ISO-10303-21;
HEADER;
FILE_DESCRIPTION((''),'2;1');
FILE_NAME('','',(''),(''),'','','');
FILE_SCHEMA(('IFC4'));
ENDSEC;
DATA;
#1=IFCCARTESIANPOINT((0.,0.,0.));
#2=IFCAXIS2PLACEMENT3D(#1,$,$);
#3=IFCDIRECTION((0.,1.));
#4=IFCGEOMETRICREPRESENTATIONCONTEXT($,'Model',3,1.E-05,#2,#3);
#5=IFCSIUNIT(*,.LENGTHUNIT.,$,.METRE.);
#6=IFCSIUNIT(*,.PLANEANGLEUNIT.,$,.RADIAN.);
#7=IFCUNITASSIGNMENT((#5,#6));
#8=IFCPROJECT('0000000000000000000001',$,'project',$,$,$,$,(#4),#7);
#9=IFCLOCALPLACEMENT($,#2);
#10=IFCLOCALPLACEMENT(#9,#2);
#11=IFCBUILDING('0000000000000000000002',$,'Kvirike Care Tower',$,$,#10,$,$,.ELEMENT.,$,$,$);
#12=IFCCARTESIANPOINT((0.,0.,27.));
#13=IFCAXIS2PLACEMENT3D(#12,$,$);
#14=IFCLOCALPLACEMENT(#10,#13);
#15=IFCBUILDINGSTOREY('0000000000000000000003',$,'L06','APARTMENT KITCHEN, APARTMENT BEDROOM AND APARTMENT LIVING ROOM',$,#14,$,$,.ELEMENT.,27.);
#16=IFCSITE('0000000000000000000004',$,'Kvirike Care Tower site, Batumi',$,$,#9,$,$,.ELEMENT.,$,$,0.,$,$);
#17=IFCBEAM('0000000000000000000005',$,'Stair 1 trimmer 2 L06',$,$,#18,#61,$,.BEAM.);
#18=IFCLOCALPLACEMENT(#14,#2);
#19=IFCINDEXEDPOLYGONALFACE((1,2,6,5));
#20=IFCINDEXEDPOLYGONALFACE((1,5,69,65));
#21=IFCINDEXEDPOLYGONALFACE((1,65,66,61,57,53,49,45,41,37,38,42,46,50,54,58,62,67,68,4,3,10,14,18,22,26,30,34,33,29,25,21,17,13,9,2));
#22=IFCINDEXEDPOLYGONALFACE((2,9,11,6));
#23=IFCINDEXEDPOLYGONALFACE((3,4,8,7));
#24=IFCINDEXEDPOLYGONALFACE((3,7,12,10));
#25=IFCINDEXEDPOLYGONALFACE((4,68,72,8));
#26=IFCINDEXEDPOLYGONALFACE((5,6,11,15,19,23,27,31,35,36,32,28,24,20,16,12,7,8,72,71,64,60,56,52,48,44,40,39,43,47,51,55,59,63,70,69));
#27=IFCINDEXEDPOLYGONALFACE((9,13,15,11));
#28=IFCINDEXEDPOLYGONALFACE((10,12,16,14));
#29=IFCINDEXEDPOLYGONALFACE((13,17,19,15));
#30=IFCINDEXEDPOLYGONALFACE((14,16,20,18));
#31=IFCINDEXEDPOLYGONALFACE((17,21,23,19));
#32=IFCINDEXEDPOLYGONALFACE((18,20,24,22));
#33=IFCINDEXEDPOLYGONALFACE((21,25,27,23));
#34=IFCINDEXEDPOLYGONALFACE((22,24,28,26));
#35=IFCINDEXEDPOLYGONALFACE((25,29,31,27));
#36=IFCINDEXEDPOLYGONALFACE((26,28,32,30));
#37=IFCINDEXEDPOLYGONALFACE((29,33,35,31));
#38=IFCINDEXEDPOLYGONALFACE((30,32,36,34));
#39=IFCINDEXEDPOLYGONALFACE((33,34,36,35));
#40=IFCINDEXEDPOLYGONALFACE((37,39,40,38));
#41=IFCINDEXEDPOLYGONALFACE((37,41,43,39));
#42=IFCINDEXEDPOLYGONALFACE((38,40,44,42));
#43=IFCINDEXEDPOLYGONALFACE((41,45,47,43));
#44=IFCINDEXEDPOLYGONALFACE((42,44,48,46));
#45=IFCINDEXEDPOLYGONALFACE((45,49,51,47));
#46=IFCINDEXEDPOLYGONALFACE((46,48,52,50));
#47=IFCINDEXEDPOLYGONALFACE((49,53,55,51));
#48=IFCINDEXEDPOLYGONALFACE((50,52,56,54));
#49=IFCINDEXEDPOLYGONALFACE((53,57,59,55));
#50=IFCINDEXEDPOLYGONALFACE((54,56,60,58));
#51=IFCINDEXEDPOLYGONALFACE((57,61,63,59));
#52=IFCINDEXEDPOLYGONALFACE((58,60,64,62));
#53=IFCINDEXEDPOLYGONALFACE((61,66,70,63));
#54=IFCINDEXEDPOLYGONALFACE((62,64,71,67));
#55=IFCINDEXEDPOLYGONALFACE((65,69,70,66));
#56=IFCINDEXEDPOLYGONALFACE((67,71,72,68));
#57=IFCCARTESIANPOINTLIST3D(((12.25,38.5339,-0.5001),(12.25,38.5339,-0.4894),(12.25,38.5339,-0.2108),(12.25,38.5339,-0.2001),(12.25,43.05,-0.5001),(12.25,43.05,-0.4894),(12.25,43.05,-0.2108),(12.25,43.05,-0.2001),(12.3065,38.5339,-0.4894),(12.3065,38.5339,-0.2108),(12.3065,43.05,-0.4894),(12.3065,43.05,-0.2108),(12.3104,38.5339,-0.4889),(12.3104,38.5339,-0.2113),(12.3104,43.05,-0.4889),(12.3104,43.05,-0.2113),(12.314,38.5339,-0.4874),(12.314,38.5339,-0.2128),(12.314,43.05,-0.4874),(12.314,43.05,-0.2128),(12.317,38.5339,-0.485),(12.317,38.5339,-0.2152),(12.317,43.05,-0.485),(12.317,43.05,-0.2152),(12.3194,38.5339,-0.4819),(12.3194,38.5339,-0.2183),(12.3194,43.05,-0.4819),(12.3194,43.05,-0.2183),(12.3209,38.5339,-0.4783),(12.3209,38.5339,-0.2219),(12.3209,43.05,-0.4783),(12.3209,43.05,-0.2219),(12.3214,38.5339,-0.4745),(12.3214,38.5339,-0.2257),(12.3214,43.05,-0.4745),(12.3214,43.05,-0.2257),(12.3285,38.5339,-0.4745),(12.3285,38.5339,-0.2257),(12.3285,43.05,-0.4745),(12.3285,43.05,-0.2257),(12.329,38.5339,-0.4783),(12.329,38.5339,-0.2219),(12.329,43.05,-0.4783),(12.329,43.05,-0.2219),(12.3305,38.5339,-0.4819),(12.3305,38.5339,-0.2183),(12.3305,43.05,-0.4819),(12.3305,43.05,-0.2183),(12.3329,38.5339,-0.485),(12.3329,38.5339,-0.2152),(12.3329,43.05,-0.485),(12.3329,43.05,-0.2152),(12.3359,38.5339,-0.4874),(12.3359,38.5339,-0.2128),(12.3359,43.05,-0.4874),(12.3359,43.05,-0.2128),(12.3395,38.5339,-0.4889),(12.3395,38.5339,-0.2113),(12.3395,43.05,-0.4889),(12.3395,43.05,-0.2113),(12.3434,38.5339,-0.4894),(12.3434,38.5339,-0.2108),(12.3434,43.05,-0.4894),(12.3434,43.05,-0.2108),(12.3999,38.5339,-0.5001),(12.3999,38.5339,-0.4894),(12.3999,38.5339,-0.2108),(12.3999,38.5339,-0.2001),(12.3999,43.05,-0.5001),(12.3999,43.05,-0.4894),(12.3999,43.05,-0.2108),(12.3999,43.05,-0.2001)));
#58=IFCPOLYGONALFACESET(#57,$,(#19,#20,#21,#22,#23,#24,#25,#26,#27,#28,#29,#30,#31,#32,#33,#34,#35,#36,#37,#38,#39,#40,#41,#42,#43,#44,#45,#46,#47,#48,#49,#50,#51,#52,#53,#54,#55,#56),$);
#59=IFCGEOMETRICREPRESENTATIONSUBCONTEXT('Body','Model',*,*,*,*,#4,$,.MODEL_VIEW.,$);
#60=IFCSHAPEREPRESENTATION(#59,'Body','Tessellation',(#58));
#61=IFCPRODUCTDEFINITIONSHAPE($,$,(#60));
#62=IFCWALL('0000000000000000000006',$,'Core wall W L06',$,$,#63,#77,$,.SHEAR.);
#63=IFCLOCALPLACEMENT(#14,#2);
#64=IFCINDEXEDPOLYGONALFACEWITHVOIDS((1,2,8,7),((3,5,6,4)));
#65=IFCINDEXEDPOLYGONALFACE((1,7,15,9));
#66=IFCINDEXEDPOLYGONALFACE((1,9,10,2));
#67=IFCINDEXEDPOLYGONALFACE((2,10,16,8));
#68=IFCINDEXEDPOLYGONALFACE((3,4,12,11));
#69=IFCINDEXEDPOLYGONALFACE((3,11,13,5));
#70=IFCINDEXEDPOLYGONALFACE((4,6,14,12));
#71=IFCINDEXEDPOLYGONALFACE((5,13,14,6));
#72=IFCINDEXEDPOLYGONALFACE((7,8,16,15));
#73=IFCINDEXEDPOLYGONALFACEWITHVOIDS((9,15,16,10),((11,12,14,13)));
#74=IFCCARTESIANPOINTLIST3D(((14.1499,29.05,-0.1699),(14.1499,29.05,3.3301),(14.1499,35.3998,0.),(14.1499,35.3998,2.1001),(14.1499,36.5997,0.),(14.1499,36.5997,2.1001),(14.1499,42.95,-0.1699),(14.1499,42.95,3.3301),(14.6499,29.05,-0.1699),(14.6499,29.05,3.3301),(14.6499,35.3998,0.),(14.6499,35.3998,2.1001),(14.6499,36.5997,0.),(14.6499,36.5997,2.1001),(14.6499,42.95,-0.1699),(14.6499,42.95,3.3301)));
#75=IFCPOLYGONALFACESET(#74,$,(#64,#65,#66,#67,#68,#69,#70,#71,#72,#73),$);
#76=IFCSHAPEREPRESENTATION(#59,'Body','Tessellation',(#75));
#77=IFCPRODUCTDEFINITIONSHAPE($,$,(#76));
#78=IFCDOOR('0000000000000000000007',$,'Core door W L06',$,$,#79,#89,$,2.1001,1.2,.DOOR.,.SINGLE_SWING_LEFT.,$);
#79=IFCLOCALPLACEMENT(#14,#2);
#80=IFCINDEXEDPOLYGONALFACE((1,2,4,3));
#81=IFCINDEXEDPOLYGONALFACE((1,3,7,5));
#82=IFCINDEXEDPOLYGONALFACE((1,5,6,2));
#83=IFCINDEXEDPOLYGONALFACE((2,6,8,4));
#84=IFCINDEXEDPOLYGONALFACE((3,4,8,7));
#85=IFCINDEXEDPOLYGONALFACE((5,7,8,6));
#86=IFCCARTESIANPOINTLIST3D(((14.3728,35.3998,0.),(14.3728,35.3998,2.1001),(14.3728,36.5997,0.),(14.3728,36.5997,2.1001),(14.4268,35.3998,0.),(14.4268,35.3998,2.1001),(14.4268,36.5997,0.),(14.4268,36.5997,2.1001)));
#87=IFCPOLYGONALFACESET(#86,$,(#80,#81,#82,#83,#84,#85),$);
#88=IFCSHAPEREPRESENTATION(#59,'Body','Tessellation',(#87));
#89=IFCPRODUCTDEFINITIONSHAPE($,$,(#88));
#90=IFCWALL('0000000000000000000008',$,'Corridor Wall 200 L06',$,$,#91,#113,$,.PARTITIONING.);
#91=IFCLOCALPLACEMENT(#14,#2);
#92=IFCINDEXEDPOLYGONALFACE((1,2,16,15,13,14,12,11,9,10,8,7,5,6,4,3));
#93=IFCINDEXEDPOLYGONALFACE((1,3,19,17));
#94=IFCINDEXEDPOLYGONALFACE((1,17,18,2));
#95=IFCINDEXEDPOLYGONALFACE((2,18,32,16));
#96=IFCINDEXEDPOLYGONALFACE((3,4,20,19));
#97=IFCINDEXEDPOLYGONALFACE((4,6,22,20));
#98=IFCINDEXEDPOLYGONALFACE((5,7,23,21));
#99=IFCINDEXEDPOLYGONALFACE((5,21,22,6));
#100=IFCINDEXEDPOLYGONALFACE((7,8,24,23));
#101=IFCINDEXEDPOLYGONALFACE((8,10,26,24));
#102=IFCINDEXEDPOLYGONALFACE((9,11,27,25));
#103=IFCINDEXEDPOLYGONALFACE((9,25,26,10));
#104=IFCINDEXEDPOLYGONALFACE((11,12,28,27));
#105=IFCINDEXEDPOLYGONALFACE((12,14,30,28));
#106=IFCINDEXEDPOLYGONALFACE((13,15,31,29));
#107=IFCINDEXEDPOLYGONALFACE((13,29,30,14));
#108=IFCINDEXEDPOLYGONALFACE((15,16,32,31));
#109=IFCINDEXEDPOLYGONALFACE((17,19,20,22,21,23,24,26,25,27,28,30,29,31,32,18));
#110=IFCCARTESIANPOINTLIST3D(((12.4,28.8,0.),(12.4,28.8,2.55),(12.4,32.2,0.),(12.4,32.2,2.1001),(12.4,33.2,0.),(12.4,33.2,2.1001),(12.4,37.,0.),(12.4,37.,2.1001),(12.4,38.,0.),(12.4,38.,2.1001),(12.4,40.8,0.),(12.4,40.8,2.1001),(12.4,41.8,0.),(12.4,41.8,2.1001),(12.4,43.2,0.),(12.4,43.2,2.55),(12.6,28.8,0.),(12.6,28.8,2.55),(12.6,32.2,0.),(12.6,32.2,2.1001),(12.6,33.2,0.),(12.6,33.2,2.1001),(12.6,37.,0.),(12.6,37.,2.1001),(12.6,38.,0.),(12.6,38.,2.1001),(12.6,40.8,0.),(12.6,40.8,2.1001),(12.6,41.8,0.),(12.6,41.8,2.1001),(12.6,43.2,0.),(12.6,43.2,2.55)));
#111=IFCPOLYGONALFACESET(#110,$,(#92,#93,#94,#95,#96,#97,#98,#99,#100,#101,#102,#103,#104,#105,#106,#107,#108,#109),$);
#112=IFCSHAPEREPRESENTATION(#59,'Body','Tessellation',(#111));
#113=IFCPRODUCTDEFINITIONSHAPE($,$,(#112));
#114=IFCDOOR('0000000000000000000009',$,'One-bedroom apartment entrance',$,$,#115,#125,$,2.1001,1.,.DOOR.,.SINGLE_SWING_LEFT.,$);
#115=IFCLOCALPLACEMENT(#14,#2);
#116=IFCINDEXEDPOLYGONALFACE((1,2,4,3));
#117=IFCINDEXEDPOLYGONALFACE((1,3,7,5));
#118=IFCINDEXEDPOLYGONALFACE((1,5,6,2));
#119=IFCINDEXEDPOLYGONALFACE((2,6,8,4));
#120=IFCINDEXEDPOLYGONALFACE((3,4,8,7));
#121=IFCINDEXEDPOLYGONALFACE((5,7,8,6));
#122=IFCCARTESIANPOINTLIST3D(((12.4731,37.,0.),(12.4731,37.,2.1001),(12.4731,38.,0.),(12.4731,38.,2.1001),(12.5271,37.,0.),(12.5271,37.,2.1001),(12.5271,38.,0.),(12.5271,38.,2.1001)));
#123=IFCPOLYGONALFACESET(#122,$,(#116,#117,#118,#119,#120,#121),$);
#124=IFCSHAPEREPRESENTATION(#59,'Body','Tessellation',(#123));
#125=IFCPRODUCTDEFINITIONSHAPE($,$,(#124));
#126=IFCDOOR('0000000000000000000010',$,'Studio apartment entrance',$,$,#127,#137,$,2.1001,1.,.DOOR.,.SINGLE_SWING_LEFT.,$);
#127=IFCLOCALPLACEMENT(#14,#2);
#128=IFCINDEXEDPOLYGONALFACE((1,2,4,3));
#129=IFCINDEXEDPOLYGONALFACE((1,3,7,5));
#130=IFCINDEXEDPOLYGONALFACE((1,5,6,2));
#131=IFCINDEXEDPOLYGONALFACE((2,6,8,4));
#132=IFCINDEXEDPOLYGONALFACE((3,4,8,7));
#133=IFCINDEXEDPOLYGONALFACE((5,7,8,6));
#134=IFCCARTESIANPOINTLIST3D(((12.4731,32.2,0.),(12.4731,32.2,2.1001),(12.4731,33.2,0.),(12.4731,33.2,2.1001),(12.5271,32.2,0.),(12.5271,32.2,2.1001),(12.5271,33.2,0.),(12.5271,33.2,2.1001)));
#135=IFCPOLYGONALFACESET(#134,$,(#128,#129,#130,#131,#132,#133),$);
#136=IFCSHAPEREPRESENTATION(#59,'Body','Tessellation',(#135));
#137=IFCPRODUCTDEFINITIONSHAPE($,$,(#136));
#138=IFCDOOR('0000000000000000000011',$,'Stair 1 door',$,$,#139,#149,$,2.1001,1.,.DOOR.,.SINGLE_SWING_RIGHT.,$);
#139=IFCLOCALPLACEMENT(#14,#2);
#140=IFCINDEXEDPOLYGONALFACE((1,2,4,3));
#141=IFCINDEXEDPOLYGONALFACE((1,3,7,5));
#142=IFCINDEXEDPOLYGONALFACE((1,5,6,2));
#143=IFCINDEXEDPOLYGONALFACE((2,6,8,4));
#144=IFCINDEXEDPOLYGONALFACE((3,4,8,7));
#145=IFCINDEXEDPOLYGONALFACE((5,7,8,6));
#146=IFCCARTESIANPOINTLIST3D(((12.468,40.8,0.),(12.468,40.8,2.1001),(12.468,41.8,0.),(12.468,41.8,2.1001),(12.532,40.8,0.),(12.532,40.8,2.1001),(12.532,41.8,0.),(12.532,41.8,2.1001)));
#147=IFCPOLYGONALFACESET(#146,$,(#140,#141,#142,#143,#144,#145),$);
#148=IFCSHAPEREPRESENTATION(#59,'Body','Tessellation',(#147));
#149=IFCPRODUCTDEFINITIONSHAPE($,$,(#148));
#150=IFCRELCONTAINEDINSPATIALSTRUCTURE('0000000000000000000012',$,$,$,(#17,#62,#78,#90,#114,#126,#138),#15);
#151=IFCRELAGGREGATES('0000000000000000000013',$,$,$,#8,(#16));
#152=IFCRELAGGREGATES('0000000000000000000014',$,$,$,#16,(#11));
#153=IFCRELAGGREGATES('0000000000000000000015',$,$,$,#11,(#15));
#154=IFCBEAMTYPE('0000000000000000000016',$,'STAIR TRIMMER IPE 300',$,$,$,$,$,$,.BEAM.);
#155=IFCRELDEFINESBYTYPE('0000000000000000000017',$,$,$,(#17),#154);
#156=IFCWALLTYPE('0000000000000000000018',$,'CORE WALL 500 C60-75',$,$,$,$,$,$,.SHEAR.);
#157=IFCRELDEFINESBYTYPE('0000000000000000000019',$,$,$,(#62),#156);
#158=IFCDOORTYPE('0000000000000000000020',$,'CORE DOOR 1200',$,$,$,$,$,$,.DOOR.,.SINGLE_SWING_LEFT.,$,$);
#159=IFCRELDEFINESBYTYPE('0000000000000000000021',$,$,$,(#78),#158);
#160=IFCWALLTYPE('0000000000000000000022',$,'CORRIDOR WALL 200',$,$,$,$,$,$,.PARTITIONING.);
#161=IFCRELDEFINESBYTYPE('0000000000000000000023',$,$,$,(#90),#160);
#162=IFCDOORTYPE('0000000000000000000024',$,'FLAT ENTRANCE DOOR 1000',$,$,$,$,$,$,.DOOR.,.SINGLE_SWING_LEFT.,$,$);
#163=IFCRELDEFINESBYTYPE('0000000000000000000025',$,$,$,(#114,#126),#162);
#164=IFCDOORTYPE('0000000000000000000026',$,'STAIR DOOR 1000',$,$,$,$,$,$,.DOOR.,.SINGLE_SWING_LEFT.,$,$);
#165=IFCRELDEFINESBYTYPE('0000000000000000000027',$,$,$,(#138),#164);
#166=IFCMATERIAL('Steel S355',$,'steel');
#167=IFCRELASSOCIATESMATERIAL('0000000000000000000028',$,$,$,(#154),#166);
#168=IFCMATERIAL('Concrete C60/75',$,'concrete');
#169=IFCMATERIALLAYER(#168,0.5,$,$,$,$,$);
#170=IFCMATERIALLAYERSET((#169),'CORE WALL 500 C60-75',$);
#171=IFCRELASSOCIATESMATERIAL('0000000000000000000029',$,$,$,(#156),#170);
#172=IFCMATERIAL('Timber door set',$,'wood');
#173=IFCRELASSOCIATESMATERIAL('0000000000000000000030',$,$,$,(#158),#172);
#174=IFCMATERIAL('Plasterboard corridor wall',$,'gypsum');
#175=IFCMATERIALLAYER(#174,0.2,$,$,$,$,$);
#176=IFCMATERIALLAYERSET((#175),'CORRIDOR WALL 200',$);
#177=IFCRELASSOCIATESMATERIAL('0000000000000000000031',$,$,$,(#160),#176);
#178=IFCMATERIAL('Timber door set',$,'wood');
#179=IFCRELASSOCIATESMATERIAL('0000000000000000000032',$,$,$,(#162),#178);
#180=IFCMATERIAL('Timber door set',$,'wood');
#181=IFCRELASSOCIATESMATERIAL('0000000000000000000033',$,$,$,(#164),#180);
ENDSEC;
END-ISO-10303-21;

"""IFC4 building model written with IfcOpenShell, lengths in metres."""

from ifc_helpers import new_model, si_unit, direction, frame, frame_2d, origin, origin_2d, place, context, subcontext, project, spatial, rectangle, i_section, extrude, material, layer, layer_set, material_profile, profile_set, type_object, element, fill, save


model = new_model("IFC4")

# Units and contexts
model_context = context("Model", 3, precision=1e-05, world=origin(), true_north=direction((0.0, 1.0)))
body_context = subcontext(model_context, "Body", "Model", "MODEL_VIEW")
ifc_project = project(units=[si_unit("LENGTHUNIT", "METRE"), si_unit("PLANEANGLEUNIT", "RADIAN")], contexts=[model_context])

# Site, building, storey
site_placement = place(None, origin())
site = spatial("IfcSite", under=ifc_project, at=site_placement, Name="Kvirike Care Tower site, Batumi", CompositionType="ELEMENT", RefElevation=0.0)
building_placement = place(site_placement, origin())
building = spatial("IfcBuilding", under=site, at=building_placement, Name="Kvirike Care Tower", CompositionType="ELEMENT")
storey_placement = place(building_placement, frame((0.0, 0.0, 27.0)))
storey = spatial("IfcBuildingStorey", under=building, at=storey_placement, Name="L06", Description="APARTMENT KITCHEN, APARTMENT BEDROOM AND APARTMENT LIVING ROOM", CompositionType="ELEMENT", Elevation=27.0)

# Beam
ifc_material_1 = material(Name="Steel S355", Category="steel")
ifc_material_profile_1 = material_profile(ifc_material_1, i_section(OverallWidth=0.1499, OverallDepth=0.3, WebThickness=0.0071, FlangeThickness=0.0107, FilletRadius=0.0149, at=origin_2d()), Name="IPE 300")
ifc_profile_set_1 = profile_set([ifc_material_profile_1], Name="Steel S355")
beam_type_1 = type_object("IfcBeamType", Name="STAIR TRIMMER IPE 300", PredefinedType="BEAM", material=ifc_profile_set_1)
for number, where, z_axis, x_axis, name in (
    (1, (12.325, 43.05, -0.3501), (0.0, -1.0, 0.0), (1.0, 0.0, 0.0), "Stair 1 trimmer 2 L06"),
):
    element("IfcBeam", number, at=place(storey_placement, frame(where, z_axis=z_axis, x_axis=x_axis)), inside=storey, type_object=beam_type_1, Name=name, PredefinedType="BEAM", context=body_context, shape_type="SweptSolid", body=[
        extrude(i_section(OverallWidth=0.1499, OverallDepth=0.3, WebThickness=0.0071, FlangeThickness=0.0107, FilletRadius=0.0149, at=origin_2d()), origin(), (0.0, 0.0, 1.0), 4.5161),
    ])

# Wall, opening, door
ifc_material_2 = material(Name="Concrete C60/75", Category="concrete")
ifc_layer_1 = layer(ifc_material_2, 0.5)
ifc_layer_set_1 = layer_set([ifc_layer_1], Name="CORE WALL 500 C60-75")
wall_type_1 = type_object("IfcWallType", Name="CORE WALL 500 C60-75", PredefinedType="SHEAR", material=ifc_layer_set_1)
wall_1_placement = place(storey_placement, frame((14.3999, 42.95, -0.1699), z_axis=(0.0, 0.0, 1.0), x_axis=(0.0, -1.0, 0.0)))
wall_1 = element("IfcWall", 2, at=wall_1_placement, inside=storey, type_object=wall_type_1, Name="Core wall W L06", PredefinedType="SHEAR", context=body_context, shape_type="SweptSolid", body=[
    extrude(rectangle(XDim=13.8999, YDim=0.5, at=frame_2d((6.95, 0.0))), origin(), (0.0, 0.0, 1.0), 3.5),
])
opening_1_placement = place(wall_1_placement, frame((6.3501, 0.0, 0.1699)))
opening_1 = element("IfcOpeningElement", 3, at=opening_1_placement, cuts=wall_1, PredefinedType="OPENING", context=body_context, shape_type="SweptSolid", body=[
    extrude(rectangle(XDim=1.2, YDim=2.1001, at=frame_2d((0.6001, 1.05))), frame((0.0, 0.2605, 0.0), z_axis=(0.0, -1.0, 0.0), x_axis=(1.0, 0.0, 0.0)), (0.0, 0.0, 1.0), 0.521),
])
ifc_material_3 = material(Name="Timber door set", Category="wood")
door_type_1 = type_object("IfcDoorType", Name="CORE DOOR 1200", OperationType="SINGLE_SWING_LEFT", PredefinedType="DOOR", material=ifc_material_3)
door_1_placement = place(opening_1_placement, origin())
door_1 = element("IfcDoor", 4, at=door_1_placement, inside=storey, type_object=door_type_1, Name="Core door W L06", OperationType="SINGLE_SWING_LEFT", OverallHeight=2.1001, OverallWidth=1.2, PredefinedType="DOOR", context=body_context, shape_type="SweptSolid", body=[
    extrude(rectangle(XDim=1.2, YDim=2.1001, at=frame_2d((0.6001, 1.05))), frame((0.0, 0.0269, 0.0), z_axis=(0.0, -1.0, 0.0), x_axis=(1.0, 0.0, 0.0)), (0.0, 0.0, 1.0), 0.054),
])
fill(opening_1, door_1)

# Wall, openings, doors
ifc_material_4 = material(Name="Plasterboard corridor wall", Category="gypsum")
ifc_layer_2 = layer(ifc_material_4, 0.2)
ifc_layer_set_2 = layer_set([ifc_layer_2], Name="CORRIDOR WALL 200")
wall_type_2 = type_object("IfcWallType", Name="CORRIDOR WALL 200", PredefinedType="PARTITIONING", material=ifc_layer_set_2)
wall_2_placement = place(storey_placement, frame((12.5, 43.2, 0.0), z_axis=(0.0, 0.0, 1.0), x_axis=(0.0, -1.0, 0.0)))
wall_2 = element("IfcWall", 5, at=wall_2_placement, inside=storey, type_object=wall_type_2, Name="Corridor Wall 200 L06", PredefinedType="PARTITIONING", context=body_context, shape_type="SweptSolid", body=[
    extrude(rectangle(XDim=14.3999, YDim=0.2, at=frame_2d((7.2, 0.0))), origin(), (0.0, 0.0, 1.0), 2.55),
])
opening_2_placement = place(wall_2_placement, frame((1.3999, 0.0, 0.0)))
opening_2 = element("IfcOpeningElement", 6, at=opening_2_placement, cuts=wall_2, PredefinedType="OPENING", context=body_context, shape_type="SweptSolid", body=[
    extrude(rectangle(XDim=1.0, YDim=2.1001, at=frame_2d((0.5, 1.05))), frame((0.0, 0.1106, 0.0), z_axis=(0.0, -1.0, 0.0), x_axis=(1.0, 0.0, 0.0)), (0.0, 0.0, 1.0), 0.2209),
])
opening_3_placement = place(wall_2_placement, frame((5.2, 0.0, 0.0)))
opening_3 = element("IfcOpeningElement", 7, at=opening_3_placement, cuts=wall_2, PredefinedType="OPENING", context=body_context, shape_type="SweptSolid", body=[
    extrude(rectangle(XDim=1.0, YDim=2.1001, at=frame_2d((0.5, 1.05))), frame((0.0, 0.1106, 0.0), z_axis=(0.0, -1.0, 0.0), x_axis=(1.0, 0.0, 0.0)), (0.0, 0.0, 1.0), 0.2209),
])
opening_4_placement = place(wall_2_placement, frame((10.0, 0.0, 0.0)))
opening_4 = element("IfcOpeningElement", 8, at=opening_4_placement, cuts=wall_2, PredefinedType="OPENING", context=body_context, shape_type="SweptSolid", body=[
    extrude(rectangle(XDim=1.0, YDim=2.1001, at=frame_2d((0.5, 1.05))), frame((0.0, 0.1106, 0.0), z_axis=(0.0, -1.0, 0.0), x_axis=(1.0, 0.0, 0.0)), (0.0, 0.0, 1.0), 0.2209),
])
ifc_material_5 = material(Name="Timber door set", Category="wood")
door_type_2 = type_object("IfcDoorType", Name="FLAT ENTRANCE DOOR 1000", OperationType="SINGLE_SWING_LEFT", PredefinedType="DOOR", material=ifc_material_5)
door_2_placement = place(opening_3_placement, frame((1.0, 0.0, 0.0), z_axis=(0.0, 0.0, 1.0), x_axis=(-1.0, 0.0, 0.0)))
door_2 = element("IfcDoor", 9, at=door_2_placement, inside=storey, type_object=door_type_2, Name="One-bedroom apartment entrance", OperationType="SINGLE_SWING_LEFT", OverallHeight=2.1001, OverallWidth=1.0, PredefinedType="DOOR", context=body_context, shape_type="SweptSolid", body=[
    extrude(rectangle(XDim=1.0, YDim=2.1001, at=frame_2d((0.5, 1.05))), frame((0.0, 0.0269, 0.0), z_axis=(0.0, -1.0, 0.0), x_axis=(1.0, 0.0, 0.0)), (0.0, 0.0, 1.0), 0.054),
])
fill(opening_3, door_2)
door_3_placement = place(opening_4_placement, frame((1.0, 0.0, 0.0), z_axis=(0.0, 0.0, 1.0), x_axis=(-1.0, 0.0, 0.0)))
door_3 = element("IfcDoor", 10, at=door_3_placement, inside=storey, type_object=door_type_2, Name="Studio apartment entrance", OperationType="SINGLE_SWING_LEFT", OverallHeight=2.1001, OverallWidth=1.0, PredefinedType="DOOR", context=body_context, shape_type="SweptSolid", body=[
    extrude(rectangle(XDim=1.0, YDim=2.1001, at=frame_2d((0.5, 1.05))), frame((0.0, 0.0269, 0.0), z_axis=(0.0, -1.0, 0.0), x_axis=(1.0, 0.0, 0.0)), (0.0, 0.0, 1.0), 0.054),
])
fill(opening_4, door_3)
ifc_material_6 = material(Name="Timber door set", Category="wood")
door_type_3 = type_object("IfcDoorType", Name="STAIR DOOR 1000", OperationType="SINGLE_SWING_LEFT", PredefinedType="DOOR", material=ifc_material_6)
door_4_placement = place(opening_2_placement, frame((1.0, 0.0, 0.0), z_axis=(0.0, 0.0, 1.0), x_axis=(-1.0, 0.0, 0.0)))
door_4 = element("IfcDoor", 11, at=door_4_placement, inside=storey, type_object=door_type_3, Name="Stair 1 door", OperationType="SINGLE_SWING_RIGHT", OverallHeight=2.1001, OverallWidth=1.0, PredefinedType="DOOR", context=body_context, shape_type="SweptSolid", body=[
    extrude(rectangle(XDim=1.0, YDim=2.1001, at=frame_2d((0.5, 1.05))), frame((0.0, 0.032, 0.0), z_axis=(0.0, -1.0, 0.0), x_axis=(1.0, 0.0, 0.0)), (0.0, 0.0, 1.0), 0.064),
])
fill(opening_2, door_4)

save(model, "model.ifc")
